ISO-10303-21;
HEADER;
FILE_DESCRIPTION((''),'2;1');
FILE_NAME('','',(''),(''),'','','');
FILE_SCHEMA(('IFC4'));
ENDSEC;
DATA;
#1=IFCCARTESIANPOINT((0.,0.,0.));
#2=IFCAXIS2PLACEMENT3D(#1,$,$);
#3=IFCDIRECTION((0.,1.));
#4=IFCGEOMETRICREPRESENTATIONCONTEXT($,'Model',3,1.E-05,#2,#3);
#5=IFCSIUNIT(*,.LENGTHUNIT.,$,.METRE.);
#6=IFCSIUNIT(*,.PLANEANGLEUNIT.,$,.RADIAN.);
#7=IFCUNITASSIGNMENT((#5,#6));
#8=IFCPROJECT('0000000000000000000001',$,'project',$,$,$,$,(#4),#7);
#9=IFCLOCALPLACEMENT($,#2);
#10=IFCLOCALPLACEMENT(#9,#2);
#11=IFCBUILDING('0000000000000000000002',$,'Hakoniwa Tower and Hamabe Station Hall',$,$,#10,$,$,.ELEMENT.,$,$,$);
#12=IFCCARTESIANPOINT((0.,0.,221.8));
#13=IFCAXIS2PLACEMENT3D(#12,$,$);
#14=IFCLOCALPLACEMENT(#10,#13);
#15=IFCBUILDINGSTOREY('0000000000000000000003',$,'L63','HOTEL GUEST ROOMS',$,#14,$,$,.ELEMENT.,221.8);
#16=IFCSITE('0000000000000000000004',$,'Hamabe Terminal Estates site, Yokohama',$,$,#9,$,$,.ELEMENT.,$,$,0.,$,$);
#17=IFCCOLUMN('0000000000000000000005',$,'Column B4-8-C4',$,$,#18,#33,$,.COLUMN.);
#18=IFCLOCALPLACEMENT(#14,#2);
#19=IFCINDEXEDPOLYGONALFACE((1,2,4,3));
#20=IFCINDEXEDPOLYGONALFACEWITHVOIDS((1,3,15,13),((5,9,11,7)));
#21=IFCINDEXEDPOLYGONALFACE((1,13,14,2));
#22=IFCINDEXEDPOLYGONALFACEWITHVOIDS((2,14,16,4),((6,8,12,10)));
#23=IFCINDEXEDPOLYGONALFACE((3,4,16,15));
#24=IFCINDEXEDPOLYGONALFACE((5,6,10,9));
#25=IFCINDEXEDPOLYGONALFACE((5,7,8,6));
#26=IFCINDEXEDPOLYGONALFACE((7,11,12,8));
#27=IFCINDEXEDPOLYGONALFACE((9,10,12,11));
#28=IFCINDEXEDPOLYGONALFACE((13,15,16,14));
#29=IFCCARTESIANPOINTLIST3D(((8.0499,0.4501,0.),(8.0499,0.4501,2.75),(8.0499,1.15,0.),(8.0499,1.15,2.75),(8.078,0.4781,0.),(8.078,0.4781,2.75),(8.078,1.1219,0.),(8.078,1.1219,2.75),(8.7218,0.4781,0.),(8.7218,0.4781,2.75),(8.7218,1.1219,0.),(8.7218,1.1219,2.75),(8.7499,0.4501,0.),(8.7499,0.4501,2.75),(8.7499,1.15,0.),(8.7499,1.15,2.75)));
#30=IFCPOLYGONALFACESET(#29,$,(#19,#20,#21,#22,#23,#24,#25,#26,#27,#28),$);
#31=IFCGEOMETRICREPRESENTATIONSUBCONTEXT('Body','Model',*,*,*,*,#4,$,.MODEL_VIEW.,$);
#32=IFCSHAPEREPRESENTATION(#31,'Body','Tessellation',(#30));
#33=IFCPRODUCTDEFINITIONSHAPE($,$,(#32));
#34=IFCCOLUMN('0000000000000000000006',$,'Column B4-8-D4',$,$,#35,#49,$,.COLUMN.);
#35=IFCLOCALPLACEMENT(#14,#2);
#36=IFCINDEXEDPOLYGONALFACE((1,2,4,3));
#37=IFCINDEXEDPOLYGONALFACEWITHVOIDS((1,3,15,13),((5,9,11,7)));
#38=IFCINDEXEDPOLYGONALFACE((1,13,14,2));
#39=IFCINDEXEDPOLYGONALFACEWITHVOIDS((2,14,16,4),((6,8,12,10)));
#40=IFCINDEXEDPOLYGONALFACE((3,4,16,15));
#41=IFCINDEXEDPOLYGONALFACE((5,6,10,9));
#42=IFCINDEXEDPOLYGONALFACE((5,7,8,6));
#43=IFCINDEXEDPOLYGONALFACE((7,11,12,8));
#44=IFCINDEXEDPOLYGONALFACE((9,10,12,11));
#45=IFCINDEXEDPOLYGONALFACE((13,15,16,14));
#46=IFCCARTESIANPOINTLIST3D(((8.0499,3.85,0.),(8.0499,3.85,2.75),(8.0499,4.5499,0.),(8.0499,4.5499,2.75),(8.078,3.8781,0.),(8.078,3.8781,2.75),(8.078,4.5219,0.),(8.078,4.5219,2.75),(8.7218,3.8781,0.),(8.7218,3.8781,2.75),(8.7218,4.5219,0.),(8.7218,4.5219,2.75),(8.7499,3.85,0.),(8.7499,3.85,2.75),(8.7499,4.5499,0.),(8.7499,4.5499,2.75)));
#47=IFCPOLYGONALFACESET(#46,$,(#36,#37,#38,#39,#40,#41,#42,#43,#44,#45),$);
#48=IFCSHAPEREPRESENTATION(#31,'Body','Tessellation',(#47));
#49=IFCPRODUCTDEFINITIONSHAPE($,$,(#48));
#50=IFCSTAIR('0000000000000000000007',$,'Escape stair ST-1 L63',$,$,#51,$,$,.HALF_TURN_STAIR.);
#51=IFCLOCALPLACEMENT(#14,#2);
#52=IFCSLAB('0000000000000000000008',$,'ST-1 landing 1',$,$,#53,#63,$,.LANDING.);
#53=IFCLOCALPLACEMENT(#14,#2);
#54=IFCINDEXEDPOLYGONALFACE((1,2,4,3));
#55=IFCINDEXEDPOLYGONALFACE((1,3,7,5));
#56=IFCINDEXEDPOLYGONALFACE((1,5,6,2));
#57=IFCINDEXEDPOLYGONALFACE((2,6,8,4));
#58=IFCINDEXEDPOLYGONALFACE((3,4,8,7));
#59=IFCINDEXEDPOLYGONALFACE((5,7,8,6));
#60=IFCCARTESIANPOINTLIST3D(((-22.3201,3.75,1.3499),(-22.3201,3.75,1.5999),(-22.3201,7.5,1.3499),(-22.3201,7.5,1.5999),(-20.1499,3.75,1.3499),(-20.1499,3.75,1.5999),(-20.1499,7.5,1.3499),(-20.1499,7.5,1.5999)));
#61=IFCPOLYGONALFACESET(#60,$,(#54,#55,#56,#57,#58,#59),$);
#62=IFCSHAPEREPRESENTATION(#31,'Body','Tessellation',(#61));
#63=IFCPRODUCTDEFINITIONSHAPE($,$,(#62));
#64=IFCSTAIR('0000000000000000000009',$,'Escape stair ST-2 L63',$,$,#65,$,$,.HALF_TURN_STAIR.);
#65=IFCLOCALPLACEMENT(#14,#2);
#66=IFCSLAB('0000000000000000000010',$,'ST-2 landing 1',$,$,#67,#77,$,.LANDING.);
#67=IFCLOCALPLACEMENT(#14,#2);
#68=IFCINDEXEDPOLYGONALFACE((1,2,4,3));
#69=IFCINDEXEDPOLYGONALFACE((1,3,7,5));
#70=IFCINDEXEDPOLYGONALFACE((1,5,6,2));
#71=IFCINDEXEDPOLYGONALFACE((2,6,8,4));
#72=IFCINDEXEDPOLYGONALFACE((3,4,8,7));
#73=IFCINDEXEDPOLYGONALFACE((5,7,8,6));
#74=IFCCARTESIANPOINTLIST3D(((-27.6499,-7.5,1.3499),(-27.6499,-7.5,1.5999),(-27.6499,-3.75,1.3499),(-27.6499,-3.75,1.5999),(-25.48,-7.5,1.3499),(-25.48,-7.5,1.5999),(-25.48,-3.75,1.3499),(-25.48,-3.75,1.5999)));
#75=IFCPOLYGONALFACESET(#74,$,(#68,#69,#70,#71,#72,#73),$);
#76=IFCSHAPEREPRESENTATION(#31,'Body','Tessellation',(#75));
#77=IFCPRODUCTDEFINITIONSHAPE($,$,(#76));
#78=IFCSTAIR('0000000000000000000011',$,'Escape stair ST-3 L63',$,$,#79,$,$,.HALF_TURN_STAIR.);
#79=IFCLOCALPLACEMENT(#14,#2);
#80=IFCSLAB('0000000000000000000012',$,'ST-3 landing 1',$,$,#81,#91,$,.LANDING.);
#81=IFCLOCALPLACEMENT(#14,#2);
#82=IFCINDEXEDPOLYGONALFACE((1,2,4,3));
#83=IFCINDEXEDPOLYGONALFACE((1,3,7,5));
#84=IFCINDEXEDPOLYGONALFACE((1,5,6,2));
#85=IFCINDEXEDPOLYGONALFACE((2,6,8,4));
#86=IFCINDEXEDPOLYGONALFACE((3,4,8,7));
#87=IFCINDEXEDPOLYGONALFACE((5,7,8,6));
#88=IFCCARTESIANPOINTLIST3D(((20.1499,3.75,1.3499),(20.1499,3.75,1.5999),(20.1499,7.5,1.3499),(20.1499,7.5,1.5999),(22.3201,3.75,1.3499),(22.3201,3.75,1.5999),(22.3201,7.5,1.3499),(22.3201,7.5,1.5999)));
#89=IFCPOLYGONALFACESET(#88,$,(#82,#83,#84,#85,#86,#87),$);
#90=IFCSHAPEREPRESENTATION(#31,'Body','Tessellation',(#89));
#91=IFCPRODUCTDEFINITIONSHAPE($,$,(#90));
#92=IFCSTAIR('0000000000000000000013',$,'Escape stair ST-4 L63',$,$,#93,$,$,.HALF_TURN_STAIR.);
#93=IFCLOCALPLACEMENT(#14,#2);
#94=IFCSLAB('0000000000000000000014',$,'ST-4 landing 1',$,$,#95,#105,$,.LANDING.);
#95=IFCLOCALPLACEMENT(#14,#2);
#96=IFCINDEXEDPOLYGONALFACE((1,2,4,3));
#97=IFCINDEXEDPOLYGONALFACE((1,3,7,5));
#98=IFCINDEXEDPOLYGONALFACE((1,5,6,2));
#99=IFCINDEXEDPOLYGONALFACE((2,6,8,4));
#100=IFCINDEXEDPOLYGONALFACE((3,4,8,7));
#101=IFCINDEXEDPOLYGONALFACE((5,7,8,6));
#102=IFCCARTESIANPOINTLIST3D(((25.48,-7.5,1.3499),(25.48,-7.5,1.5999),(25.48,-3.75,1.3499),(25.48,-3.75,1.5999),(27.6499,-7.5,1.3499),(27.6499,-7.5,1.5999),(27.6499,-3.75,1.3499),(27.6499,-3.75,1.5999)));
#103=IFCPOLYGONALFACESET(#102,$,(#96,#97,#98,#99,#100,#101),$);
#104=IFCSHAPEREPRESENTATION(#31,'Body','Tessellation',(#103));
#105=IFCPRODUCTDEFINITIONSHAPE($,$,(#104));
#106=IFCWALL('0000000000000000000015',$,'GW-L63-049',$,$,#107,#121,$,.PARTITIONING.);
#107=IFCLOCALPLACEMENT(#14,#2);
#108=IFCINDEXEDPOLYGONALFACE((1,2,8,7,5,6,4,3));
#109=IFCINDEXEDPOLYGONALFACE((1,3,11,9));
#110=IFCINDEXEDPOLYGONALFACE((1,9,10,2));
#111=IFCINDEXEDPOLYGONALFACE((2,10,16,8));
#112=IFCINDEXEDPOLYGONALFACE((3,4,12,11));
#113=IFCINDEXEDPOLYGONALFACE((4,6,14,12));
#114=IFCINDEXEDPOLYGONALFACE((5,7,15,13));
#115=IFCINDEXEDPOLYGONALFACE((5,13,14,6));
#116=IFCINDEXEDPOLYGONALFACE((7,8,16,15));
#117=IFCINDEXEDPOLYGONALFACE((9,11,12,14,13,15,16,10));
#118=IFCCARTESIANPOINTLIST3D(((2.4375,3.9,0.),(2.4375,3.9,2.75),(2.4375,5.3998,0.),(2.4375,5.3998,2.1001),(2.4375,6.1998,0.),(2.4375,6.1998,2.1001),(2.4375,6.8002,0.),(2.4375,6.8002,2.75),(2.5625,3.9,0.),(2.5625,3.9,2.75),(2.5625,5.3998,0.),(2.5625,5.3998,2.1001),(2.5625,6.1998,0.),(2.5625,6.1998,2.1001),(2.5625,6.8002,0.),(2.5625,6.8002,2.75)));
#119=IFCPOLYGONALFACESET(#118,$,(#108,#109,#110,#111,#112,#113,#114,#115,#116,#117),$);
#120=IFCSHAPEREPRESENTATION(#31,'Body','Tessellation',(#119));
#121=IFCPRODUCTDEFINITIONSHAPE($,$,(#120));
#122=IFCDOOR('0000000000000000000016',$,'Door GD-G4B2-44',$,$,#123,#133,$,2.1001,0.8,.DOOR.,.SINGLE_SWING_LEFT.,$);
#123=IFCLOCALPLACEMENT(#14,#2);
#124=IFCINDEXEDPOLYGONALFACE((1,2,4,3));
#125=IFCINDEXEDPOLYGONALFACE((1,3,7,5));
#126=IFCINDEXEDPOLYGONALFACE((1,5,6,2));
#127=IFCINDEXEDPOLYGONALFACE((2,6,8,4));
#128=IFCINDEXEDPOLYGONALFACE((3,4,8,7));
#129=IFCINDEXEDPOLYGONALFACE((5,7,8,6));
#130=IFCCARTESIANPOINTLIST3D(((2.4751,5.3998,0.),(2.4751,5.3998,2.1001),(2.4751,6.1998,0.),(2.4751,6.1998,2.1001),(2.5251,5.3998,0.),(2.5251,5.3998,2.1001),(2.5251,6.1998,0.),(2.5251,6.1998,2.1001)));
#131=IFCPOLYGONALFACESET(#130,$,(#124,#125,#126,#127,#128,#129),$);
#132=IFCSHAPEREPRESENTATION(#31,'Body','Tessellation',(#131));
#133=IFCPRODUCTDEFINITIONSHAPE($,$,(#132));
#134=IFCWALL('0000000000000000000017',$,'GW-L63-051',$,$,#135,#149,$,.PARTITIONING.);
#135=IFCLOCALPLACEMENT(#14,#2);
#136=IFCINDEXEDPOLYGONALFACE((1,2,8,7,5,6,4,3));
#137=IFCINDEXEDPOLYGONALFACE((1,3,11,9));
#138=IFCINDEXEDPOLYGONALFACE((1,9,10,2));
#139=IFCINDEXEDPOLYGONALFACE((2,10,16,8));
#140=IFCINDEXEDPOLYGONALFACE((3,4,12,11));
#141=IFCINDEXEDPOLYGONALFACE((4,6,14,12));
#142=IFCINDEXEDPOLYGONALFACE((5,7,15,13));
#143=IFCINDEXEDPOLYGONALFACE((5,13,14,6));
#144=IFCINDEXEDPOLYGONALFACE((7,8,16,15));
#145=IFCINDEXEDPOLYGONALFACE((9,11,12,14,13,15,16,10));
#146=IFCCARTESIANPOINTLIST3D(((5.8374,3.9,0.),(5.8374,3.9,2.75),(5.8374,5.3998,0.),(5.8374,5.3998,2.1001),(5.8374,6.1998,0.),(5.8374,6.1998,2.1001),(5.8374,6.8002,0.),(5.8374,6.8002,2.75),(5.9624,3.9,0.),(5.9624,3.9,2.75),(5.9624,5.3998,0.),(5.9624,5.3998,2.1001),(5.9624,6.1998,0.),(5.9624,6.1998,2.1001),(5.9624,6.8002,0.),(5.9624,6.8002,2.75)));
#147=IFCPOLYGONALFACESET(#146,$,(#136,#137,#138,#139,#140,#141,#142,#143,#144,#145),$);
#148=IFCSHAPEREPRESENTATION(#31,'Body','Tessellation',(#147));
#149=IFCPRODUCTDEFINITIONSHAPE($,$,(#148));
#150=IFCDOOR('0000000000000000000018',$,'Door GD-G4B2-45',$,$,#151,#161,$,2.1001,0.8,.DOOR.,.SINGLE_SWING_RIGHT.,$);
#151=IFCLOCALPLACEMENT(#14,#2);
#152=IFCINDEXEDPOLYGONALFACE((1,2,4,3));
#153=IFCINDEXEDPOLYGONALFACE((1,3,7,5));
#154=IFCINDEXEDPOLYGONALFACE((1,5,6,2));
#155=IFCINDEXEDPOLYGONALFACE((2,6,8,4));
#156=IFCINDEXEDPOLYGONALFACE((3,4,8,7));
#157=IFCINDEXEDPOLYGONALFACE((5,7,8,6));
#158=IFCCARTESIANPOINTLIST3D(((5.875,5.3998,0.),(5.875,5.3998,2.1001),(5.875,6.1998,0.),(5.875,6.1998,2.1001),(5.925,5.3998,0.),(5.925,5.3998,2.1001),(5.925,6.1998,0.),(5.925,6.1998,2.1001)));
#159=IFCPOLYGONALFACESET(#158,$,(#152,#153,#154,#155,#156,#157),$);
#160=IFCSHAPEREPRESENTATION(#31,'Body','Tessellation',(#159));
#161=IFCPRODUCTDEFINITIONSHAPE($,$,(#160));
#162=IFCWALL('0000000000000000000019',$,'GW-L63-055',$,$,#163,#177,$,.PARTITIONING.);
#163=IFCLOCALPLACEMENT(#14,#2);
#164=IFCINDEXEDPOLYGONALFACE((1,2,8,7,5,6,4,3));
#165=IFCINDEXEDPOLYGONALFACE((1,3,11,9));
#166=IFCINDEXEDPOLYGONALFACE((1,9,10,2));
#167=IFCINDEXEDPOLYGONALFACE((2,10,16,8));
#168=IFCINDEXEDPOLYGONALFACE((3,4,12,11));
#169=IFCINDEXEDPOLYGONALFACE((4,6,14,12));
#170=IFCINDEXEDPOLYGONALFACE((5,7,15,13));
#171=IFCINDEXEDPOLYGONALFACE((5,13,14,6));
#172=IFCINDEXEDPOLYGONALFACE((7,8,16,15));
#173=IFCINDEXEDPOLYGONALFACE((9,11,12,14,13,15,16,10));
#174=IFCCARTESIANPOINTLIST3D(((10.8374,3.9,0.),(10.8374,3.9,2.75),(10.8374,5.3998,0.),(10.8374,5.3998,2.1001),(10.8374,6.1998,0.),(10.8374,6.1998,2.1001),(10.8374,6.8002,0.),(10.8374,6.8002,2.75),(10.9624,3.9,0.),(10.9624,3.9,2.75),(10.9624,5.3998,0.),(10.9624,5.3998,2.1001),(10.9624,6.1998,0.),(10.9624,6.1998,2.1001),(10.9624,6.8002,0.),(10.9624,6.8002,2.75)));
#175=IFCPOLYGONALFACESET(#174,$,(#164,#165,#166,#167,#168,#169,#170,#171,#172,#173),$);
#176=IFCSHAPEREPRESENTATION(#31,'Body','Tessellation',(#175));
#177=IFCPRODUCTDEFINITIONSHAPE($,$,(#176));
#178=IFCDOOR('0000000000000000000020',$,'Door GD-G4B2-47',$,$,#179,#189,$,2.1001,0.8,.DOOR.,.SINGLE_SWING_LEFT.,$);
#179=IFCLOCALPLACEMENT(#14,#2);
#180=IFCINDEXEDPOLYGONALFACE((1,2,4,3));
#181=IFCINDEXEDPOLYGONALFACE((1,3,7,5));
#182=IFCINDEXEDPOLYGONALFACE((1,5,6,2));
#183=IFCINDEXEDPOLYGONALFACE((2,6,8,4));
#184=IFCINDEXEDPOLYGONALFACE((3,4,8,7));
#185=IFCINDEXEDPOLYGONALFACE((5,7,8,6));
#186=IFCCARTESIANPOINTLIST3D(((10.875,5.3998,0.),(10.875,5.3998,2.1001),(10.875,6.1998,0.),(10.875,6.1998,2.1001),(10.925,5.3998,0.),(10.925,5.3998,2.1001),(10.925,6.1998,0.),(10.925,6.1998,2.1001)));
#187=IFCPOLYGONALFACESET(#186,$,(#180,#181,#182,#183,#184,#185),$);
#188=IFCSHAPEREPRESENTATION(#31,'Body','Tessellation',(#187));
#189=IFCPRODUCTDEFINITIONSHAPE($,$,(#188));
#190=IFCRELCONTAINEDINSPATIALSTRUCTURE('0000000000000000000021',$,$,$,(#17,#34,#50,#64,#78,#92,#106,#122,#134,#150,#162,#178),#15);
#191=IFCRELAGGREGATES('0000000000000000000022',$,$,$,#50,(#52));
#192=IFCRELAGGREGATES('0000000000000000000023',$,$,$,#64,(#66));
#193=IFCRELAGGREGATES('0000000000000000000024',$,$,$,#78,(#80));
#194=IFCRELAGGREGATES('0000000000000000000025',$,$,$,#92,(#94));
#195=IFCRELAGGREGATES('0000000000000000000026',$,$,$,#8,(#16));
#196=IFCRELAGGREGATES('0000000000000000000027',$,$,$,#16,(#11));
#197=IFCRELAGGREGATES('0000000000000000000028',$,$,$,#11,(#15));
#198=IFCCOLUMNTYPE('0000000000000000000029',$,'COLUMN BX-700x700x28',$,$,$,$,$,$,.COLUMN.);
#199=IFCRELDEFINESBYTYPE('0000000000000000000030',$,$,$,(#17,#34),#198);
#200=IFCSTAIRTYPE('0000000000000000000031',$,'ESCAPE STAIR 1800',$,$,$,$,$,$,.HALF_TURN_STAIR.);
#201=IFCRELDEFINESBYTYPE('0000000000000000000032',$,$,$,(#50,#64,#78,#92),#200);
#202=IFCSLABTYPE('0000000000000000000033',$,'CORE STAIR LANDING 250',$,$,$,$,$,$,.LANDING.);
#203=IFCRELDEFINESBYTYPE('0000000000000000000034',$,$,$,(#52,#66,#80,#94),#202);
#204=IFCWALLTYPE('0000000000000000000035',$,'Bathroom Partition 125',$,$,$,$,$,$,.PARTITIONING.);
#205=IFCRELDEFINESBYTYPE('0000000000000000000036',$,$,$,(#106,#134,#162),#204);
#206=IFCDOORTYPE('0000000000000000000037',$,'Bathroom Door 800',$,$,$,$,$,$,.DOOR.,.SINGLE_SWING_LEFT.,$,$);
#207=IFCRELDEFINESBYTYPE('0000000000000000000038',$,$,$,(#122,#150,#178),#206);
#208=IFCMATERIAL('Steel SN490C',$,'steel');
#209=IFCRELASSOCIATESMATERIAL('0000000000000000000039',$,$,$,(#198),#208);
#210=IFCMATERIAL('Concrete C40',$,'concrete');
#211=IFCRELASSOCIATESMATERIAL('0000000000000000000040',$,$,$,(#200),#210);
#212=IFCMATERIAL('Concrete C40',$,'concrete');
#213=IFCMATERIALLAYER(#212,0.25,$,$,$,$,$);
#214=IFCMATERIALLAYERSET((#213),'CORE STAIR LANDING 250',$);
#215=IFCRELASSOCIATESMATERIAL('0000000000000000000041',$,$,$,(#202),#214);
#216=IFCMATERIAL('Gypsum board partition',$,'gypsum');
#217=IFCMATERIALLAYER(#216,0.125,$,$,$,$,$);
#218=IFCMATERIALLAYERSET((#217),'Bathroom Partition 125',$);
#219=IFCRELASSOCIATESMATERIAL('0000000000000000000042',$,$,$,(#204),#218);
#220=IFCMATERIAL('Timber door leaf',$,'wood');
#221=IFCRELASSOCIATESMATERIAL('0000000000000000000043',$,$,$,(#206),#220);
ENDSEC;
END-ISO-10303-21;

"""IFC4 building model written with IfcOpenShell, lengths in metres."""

from ifc_helpers import new_model, si_unit, direction, frame, frame_2d, origin, origin_2d, place, context, subcontext, project, spatial, polyline, rectangle, hollow_rectangle, outline, extrude, material, layer, layer_set, material_profile, profile_set, type_object, element, fill, aggregate, save


model = new_model("IFC4")

# Units and contexts
model_context = context("Model", 3, precision=1e-05, world=origin(), true_north=direction((0.0, 1.0)))
body_context = subcontext(model_context, "Body", "Model", "MODEL_VIEW")
ifc_project = project(units=[si_unit("LENGTHUNIT", "METRE"), si_unit("PLANEANGLEUNIT", "RADIAN")], contexts=[model_context])

# Site, building, storey
site_placement = place(None, origin())
site = spatial("IfcSite", under=ifc_project, at=site_placement, Name="Hamabe Terminal Estates site, Yokohama", CompositionType="ELEMENT", RefElevation=0.0)
building_placement = place(site_placement, origin())
building = spatial("IfcBuilding", under=site, at=building_placement, Name="Hakoniwa Tower and Hamabe Station Hall", CompositionType="ELEMENT")
storey_placement = place(building_placement, frame((0.0, 0.0, 221.8)))
storey = spatial("IfcBuildingStorey", under=building, at=storey_placement, Name="L63", Description="HOTEL GUEST ROOMS", CompositionType="ELEMENT", Elevation=221.8)

# Columns
ifc_material_1 = material(Name="Steel SN490C", Category="steel")
ifc_material_profile = material_profile(ifc_material_1, hollow_rectangle(XDim=0.7, YDim=0.7, WallThickness=0.0281, at=origin_2d()), Name="BX-700x700x28")
ifc_profile_set = profile_set([ifc_material_profile], Name="Steel SN490C")
column_type = type_object("IfcColumnType", Name="COLUMN BX-700x700x28", PredefinedType="COLUMN", material=ifc_profile_set)
for number, where, z_axis, x_axis, name in (
    (1, (8.3999, 0.8, 0.0), (0.0, 0.0, 1.0), (1.0, 0.0, 0.0), "Column B4-8-C4"),
    (2, (8.3999, 4.2, 0.0), (0.0, 0.0, 1.0), (1.0, 0.0, 0.0), "Column B4-8-D4"),
):
    element("IfcColumn", number, at=place(storey_placement, frame(where, z_axis=z_axis, x_axis=x_axis)), inside=storey, type_object=column_type, Name=name, PredefinedType="COLUMN", context=body_context, shape_type="SweptSolid", body=[
        extrude(hollow_rectangle(XDim=0.7, YDim=0.7, WallThickness=0.0281, at=origin_2d()), origin(), (0.0, 0.0, 1.0), 2.75),
    ])

# Stairs, slabs
ifc_material_2 = material(Name="Concrete C40", Category="concrete")
stair_type = type_object("IfcStairType", Name="ESCAPE STAIR 1800", PredefinedType="HALF_TURN_STAIR", material=ifc_material_2)
stair_1_placement = place(storey_placement, origin())
stair_1 = element("IfcStair", 3, at=stair_1_placement, inside=storey, type_object=stair_type, Name="Escape stair ST-1 L63", PredefinedType="HALF_TURN_STAIR")
ifc_material_3 = material(Name="Concrete C40", Category="concrete")
ifc_layer_1 = layer(ifc_material_3, 0.25)
ifc_layer_set_1 = layer_set([ifc_layer_1], Name="CORE STAIR LANDING 250")
slab_type = type_object("IfcSlabType", Name="CORE STAIR LANDING 250", PredefinedType="LANDING", material=ifc_layer_set_1)
slab_1_placement = place(storey_placement, frame((0.0, 0.0, 1.3499)))
slab_1 = element("IfcSlab", 4, at=slab_1_placement, type_object=slab_type, Name="ST-1 landing 1", PredefinedType="LANDING", context=body_context, shape_type="SweptSolid", body=[
    extrude(outline(polyline([(-22.3201, 3.75), (-20.1499, 3.75), (-20.1499, 7.5), (-22.3201, 7.5), (-22.3201, 3.75)])), origin(), (0.0, 0.0, 1.0), 0.25),
])
aggregate(stair_1, [slab_1])
stair_2_placement = place(storey_placement, origin())
stair_2 = element("IfcStair", 5, at=stair_2_placement, inside=storey, type_object=stair_type, Name="Escape stair ST-2 L63", PredefinedType="HALF_TURN_STAIR")
slab_2_placement = place(storey_placement, frame((0.0, 0.0, 1.3499)))
slab_2 = element("IfcSlab", 6, at=slab_2_placement, type_object=slab_type, Name="ST-2 landing 1", PredefinedType="LANDING", context=body_context, shape_type="SweptSolid", body=[
    extrude(outline(polyline([(-25.48, -7.5), (-27.6499, -7.5), (-27.6499, -3.75), (-25.48, -3.75), (-25.48, -7.5)])), origin(), (0.0, 0.0, 1.0), 0.25),
])
aggregate(stair_2, [slab_2])
stair_3_placement = place(storey_placement, origin())
stair_3 = element("IfcStair", 7, at=stair_3_placement, inside=storey, type_object=stair_type, Name="Escape stair ST-3 L63", PredefinedType="HALF_TURN_STAIR")
slab_3_placement = place(storey_placement, frame((0.0, 0.0, 1.3499)))
slab_3 = element("IfcSlab", 8, at=slab_3_placement, type_object=slab_type, Name="ST-3 landing 1", PredefinedType="LANDING", context=body_context, shape_type="SweptSolid", body=[
    extrude(outline(polyline([(22.3201, 3.75), (20.1499, 3.75), (20.1499, 7.5), (22.3201, 7.5), (22.3201, 3.75)])), origin(), (0.0, 0.0, 1.0), 0.25),
])
aggregate(stair_3, [slab_3])
stair_4_placement = place(storey_placement, origin())
stair_4 = element("IfcStair", 9, at=stair_4_placement, inside=storey, type_object=stair_type, Name="Escape stair ST-4 L63", PredefinedType="HALF_TURN_STAIR")
slab_4_placement = place(storey_placement, frame((0.0, 0.0, 1.3499)))
slab_4 = element("IfcSlab", 10, at=slab_4_placement, type_object=slab_type, Name="ST-4 landing 1", PredefinedType="LANDING", context=body_context, shape_type="SweptSolid", body=[
    extrude(outline(polyline([(25.48, -7.5), (27.6499, -7.5), (27.6499, -3.75), (25.48, -3.75), (25.48, -7.5)])), origin(), (0.0, 0.0, 1.0), 0.25),
])
aggregate(stair_4, [slab_4])

# Walls, openings, doors
ifc_material_4 = material(Name="Gypsum board partition", Category="gypsum")
ifc_layer_2 = layer(ifc_material_4, 0.125)
ifc_layer_set_2 = layer_set([ifc_layer_2], Name="Bathroom Partition 125")
wall_type_1 = type_object("IfcWallType", Name="Bathroom Partition 125", PredefinedType="PARTITIONING", material=ifc_layer_set_2)
wall_1_placement = place(storey_placement, frame((2.5, 3.8999, 0.0), z_axis=(0.0, 0.0, 1.0), x_axis=(0.0, 1.0, 0.0)))
wall_1 = element("IfcWall", 11, at=wall_1_placement, inside=storey, type_object=wall_type_1, Name="GW-L63-049", PredefinedType="PARTITIONING", context=body_context, shape_type="SweptSolid", body=[
    extrude(rectangle(XDim=2.9001, YDim=0.125, at=frame_2d((1.4502, 0.0))), origin(), (0.0, 0.0, 1.0), 2.75),
])
opening_1_placement = place(wall_1_placement, frame((1.5, 0.0, 0.0)))
opening_1 = element("IfcOpeningElement", 12, at=opening_1_placement, cuts=wall_1, PredefinedType="OPENING", context=body_context, shape_type="SweptSolid", body=[
    extrude(rectangle(XDim=0.8, YDim=2.1001, at=frame_2d((0.3999, 1.05))), frame((0.0, 0.0725, 0.0), z_axis=(0.0, -1.0, 0.0), x_axis=(1.0, 0.0, 0.0)), (0.0, 0.0, 1.0), 0.145),
])
ifc_material_5 = material(Name="Timber door leaf", Category="wood")
door_type = type_object("IfcDoorType", Name="Bathroom Door 800", OperationType="SINGLE_SWING_LEFT", PredefinedType="DOOR", material=ifc_material_5)
door_1_placement = place(opening_1_placement, origin())
door_1 = element("IfcDoor", 13, at=door_1_placement, inside=storey, type_object=door_type, Name="Door GD-G4B2-44", OperationType="SINGLE_SWING_LEFT", OverallHeight=2.1001, OverallWidth=0.8, PredefinedType="DOOR", context=body_context, shape_type="SweptSolid", body=[
    extrude(rectangle(XDim=0.8, YDim=2.1001, at=frame_2d((0.3999, 1.05))), frame((0.0, 0.0249, 0.0), z_axis=(0.0, -1.0, 0.0), x_axis=(1.0, 0.0, 0.0)), (0.0, 0.0, 1.0), 0.05),
])
fill(opening_1, door_1)
wall_2_placement = place(storey_placement, frame((5.8999, 3.8999, 0.0), z_axis=(0.0, 0.0, 1.0), x_axis=(0.0, 1.0, 0.0)))
wall_2 = element("IfcWall", 14, at=wall_2_placement, inside=storey, type_object=wall_type_1, Name="GW-L63-051", PredefinedType="PARTITIONING", context=body_context, shape_type="SweptSolid", body=[
    extrude(rectangle(XDim=2.9001, YDim=0.125, at=frame_2d((1.4502, 0.0))), origin(), (0.0, 0.0, 1.0), 2.75),
])
opening_2_placement = place(wall_2_placement, frame((1.5, 0.0, 0.0)))
opening_2 = element("IfcOpeningElement", 15, at=opening_2_placement, cuts=wall_2, PredefinedType="OPENING", context=body_context, shape_type="SweptSolid", body=[
    extrude(rectangle(XDim=0.8, YDim=2.1001, at=frame_2d((0.3999, 1.05))), frame((0.0, 0.0725, 0.0), z_axis=(0.0, -1.0, 0.0), x_axis=(1.0, 0.0, 0.0)), (0.0, 0.0, 1.0), 0.145),
])
door_2_placement = place(opening_2_placement, origin())
door_2 = element("IfcDoor", 16, at=door_2_placement, inside=storey, type_object=door_type, Name="Door GD-G4B2-45", OperationType="SINGLE_SWING_RIGHT", OverallHeight=2.1001, OverallWidth=0.8, PredefinedType="DOOR", context=body_context, shape_type="SweptSolid", body=[
    extrude(rectangle(XDim=0.8, YDim=2.1001, at=frame_2d((0.3999, 1.05))), frame((0.0, 0.0249, 0.0), z_axis=(0.0, -1.0, 0.0), x_axis=(1.0, 0.0, 0.0)), (0.0, 0.0, 1.0), 0.05),
])
fill(opening_2, door_2)
wall_3_placement = place(storey_placement, frame((10.8999, 3.8999, 0.0), z_axis=(0.0, 0.0, 1.0), x_axis=(0.0, 1.0, 0.0)))
wall_3 = element("IfcWall", 17, at=wall_3_placement, inside=storey, type_object=wall_type_1, Name="GW-L63-055", PredefinedType="PARTITIONING", context=body_context, shape_type="SweptSolid", body=[
    extrude(rectangle(XDim=2.9001, YDim=0.125, at=frame_2d((1.4502, 0.0))), origin(), (0.0, 0.0, 1.0), 2.75),
])
opening_3_placement = place(wall_3_placement, frame((1.5, 0.0, 0.0)))
opening_3 = element("IfcOpeningElement", 18, at=opening_3_placement, cuts=wall_3, PredefinedType="OPENING", context=body_context, shape_type="SweptSolid", body=[
    extrude(rectangle(XDim=0.8, YDim=2.1001, at=frame_2d((0.3999, 1.05))), frame((0.0, 0.0725, 0.0), z_axis=(0.0, -1.0, 0.0), x_axis=(1.0, 0.0, 0.0)), (0.0, 0.0, 1.0), 0.145),
])
door_3_placement = place(opening_3_placement, origin())
door_3 = element("IfcDoor", 19, at=door_3_placement, inside=storey, type_object=door_type, Name="Door GD-G4B2-47", OperationType="SINGLE_SWING_LEFT", OverallHeight=2.1001, OverallWidth=0.8, PredefinedType="DOOR", context=body_context, shape_type="SweptSolid", body=[
    extrude(rectangle(XDim=0.8, YDim=2.1001, at=frame_2d((0.3999, 1.05))), frame((0.0, 0.0249, 0.0), z_axis=(0.0, -1.0, 0.0), x_axis=(1.0, 0.0, 0.0)), (0.0, 0.0, 1.0), 0.05),
])
fill(opening_3, door_3)

save(model, "model.ifc")
